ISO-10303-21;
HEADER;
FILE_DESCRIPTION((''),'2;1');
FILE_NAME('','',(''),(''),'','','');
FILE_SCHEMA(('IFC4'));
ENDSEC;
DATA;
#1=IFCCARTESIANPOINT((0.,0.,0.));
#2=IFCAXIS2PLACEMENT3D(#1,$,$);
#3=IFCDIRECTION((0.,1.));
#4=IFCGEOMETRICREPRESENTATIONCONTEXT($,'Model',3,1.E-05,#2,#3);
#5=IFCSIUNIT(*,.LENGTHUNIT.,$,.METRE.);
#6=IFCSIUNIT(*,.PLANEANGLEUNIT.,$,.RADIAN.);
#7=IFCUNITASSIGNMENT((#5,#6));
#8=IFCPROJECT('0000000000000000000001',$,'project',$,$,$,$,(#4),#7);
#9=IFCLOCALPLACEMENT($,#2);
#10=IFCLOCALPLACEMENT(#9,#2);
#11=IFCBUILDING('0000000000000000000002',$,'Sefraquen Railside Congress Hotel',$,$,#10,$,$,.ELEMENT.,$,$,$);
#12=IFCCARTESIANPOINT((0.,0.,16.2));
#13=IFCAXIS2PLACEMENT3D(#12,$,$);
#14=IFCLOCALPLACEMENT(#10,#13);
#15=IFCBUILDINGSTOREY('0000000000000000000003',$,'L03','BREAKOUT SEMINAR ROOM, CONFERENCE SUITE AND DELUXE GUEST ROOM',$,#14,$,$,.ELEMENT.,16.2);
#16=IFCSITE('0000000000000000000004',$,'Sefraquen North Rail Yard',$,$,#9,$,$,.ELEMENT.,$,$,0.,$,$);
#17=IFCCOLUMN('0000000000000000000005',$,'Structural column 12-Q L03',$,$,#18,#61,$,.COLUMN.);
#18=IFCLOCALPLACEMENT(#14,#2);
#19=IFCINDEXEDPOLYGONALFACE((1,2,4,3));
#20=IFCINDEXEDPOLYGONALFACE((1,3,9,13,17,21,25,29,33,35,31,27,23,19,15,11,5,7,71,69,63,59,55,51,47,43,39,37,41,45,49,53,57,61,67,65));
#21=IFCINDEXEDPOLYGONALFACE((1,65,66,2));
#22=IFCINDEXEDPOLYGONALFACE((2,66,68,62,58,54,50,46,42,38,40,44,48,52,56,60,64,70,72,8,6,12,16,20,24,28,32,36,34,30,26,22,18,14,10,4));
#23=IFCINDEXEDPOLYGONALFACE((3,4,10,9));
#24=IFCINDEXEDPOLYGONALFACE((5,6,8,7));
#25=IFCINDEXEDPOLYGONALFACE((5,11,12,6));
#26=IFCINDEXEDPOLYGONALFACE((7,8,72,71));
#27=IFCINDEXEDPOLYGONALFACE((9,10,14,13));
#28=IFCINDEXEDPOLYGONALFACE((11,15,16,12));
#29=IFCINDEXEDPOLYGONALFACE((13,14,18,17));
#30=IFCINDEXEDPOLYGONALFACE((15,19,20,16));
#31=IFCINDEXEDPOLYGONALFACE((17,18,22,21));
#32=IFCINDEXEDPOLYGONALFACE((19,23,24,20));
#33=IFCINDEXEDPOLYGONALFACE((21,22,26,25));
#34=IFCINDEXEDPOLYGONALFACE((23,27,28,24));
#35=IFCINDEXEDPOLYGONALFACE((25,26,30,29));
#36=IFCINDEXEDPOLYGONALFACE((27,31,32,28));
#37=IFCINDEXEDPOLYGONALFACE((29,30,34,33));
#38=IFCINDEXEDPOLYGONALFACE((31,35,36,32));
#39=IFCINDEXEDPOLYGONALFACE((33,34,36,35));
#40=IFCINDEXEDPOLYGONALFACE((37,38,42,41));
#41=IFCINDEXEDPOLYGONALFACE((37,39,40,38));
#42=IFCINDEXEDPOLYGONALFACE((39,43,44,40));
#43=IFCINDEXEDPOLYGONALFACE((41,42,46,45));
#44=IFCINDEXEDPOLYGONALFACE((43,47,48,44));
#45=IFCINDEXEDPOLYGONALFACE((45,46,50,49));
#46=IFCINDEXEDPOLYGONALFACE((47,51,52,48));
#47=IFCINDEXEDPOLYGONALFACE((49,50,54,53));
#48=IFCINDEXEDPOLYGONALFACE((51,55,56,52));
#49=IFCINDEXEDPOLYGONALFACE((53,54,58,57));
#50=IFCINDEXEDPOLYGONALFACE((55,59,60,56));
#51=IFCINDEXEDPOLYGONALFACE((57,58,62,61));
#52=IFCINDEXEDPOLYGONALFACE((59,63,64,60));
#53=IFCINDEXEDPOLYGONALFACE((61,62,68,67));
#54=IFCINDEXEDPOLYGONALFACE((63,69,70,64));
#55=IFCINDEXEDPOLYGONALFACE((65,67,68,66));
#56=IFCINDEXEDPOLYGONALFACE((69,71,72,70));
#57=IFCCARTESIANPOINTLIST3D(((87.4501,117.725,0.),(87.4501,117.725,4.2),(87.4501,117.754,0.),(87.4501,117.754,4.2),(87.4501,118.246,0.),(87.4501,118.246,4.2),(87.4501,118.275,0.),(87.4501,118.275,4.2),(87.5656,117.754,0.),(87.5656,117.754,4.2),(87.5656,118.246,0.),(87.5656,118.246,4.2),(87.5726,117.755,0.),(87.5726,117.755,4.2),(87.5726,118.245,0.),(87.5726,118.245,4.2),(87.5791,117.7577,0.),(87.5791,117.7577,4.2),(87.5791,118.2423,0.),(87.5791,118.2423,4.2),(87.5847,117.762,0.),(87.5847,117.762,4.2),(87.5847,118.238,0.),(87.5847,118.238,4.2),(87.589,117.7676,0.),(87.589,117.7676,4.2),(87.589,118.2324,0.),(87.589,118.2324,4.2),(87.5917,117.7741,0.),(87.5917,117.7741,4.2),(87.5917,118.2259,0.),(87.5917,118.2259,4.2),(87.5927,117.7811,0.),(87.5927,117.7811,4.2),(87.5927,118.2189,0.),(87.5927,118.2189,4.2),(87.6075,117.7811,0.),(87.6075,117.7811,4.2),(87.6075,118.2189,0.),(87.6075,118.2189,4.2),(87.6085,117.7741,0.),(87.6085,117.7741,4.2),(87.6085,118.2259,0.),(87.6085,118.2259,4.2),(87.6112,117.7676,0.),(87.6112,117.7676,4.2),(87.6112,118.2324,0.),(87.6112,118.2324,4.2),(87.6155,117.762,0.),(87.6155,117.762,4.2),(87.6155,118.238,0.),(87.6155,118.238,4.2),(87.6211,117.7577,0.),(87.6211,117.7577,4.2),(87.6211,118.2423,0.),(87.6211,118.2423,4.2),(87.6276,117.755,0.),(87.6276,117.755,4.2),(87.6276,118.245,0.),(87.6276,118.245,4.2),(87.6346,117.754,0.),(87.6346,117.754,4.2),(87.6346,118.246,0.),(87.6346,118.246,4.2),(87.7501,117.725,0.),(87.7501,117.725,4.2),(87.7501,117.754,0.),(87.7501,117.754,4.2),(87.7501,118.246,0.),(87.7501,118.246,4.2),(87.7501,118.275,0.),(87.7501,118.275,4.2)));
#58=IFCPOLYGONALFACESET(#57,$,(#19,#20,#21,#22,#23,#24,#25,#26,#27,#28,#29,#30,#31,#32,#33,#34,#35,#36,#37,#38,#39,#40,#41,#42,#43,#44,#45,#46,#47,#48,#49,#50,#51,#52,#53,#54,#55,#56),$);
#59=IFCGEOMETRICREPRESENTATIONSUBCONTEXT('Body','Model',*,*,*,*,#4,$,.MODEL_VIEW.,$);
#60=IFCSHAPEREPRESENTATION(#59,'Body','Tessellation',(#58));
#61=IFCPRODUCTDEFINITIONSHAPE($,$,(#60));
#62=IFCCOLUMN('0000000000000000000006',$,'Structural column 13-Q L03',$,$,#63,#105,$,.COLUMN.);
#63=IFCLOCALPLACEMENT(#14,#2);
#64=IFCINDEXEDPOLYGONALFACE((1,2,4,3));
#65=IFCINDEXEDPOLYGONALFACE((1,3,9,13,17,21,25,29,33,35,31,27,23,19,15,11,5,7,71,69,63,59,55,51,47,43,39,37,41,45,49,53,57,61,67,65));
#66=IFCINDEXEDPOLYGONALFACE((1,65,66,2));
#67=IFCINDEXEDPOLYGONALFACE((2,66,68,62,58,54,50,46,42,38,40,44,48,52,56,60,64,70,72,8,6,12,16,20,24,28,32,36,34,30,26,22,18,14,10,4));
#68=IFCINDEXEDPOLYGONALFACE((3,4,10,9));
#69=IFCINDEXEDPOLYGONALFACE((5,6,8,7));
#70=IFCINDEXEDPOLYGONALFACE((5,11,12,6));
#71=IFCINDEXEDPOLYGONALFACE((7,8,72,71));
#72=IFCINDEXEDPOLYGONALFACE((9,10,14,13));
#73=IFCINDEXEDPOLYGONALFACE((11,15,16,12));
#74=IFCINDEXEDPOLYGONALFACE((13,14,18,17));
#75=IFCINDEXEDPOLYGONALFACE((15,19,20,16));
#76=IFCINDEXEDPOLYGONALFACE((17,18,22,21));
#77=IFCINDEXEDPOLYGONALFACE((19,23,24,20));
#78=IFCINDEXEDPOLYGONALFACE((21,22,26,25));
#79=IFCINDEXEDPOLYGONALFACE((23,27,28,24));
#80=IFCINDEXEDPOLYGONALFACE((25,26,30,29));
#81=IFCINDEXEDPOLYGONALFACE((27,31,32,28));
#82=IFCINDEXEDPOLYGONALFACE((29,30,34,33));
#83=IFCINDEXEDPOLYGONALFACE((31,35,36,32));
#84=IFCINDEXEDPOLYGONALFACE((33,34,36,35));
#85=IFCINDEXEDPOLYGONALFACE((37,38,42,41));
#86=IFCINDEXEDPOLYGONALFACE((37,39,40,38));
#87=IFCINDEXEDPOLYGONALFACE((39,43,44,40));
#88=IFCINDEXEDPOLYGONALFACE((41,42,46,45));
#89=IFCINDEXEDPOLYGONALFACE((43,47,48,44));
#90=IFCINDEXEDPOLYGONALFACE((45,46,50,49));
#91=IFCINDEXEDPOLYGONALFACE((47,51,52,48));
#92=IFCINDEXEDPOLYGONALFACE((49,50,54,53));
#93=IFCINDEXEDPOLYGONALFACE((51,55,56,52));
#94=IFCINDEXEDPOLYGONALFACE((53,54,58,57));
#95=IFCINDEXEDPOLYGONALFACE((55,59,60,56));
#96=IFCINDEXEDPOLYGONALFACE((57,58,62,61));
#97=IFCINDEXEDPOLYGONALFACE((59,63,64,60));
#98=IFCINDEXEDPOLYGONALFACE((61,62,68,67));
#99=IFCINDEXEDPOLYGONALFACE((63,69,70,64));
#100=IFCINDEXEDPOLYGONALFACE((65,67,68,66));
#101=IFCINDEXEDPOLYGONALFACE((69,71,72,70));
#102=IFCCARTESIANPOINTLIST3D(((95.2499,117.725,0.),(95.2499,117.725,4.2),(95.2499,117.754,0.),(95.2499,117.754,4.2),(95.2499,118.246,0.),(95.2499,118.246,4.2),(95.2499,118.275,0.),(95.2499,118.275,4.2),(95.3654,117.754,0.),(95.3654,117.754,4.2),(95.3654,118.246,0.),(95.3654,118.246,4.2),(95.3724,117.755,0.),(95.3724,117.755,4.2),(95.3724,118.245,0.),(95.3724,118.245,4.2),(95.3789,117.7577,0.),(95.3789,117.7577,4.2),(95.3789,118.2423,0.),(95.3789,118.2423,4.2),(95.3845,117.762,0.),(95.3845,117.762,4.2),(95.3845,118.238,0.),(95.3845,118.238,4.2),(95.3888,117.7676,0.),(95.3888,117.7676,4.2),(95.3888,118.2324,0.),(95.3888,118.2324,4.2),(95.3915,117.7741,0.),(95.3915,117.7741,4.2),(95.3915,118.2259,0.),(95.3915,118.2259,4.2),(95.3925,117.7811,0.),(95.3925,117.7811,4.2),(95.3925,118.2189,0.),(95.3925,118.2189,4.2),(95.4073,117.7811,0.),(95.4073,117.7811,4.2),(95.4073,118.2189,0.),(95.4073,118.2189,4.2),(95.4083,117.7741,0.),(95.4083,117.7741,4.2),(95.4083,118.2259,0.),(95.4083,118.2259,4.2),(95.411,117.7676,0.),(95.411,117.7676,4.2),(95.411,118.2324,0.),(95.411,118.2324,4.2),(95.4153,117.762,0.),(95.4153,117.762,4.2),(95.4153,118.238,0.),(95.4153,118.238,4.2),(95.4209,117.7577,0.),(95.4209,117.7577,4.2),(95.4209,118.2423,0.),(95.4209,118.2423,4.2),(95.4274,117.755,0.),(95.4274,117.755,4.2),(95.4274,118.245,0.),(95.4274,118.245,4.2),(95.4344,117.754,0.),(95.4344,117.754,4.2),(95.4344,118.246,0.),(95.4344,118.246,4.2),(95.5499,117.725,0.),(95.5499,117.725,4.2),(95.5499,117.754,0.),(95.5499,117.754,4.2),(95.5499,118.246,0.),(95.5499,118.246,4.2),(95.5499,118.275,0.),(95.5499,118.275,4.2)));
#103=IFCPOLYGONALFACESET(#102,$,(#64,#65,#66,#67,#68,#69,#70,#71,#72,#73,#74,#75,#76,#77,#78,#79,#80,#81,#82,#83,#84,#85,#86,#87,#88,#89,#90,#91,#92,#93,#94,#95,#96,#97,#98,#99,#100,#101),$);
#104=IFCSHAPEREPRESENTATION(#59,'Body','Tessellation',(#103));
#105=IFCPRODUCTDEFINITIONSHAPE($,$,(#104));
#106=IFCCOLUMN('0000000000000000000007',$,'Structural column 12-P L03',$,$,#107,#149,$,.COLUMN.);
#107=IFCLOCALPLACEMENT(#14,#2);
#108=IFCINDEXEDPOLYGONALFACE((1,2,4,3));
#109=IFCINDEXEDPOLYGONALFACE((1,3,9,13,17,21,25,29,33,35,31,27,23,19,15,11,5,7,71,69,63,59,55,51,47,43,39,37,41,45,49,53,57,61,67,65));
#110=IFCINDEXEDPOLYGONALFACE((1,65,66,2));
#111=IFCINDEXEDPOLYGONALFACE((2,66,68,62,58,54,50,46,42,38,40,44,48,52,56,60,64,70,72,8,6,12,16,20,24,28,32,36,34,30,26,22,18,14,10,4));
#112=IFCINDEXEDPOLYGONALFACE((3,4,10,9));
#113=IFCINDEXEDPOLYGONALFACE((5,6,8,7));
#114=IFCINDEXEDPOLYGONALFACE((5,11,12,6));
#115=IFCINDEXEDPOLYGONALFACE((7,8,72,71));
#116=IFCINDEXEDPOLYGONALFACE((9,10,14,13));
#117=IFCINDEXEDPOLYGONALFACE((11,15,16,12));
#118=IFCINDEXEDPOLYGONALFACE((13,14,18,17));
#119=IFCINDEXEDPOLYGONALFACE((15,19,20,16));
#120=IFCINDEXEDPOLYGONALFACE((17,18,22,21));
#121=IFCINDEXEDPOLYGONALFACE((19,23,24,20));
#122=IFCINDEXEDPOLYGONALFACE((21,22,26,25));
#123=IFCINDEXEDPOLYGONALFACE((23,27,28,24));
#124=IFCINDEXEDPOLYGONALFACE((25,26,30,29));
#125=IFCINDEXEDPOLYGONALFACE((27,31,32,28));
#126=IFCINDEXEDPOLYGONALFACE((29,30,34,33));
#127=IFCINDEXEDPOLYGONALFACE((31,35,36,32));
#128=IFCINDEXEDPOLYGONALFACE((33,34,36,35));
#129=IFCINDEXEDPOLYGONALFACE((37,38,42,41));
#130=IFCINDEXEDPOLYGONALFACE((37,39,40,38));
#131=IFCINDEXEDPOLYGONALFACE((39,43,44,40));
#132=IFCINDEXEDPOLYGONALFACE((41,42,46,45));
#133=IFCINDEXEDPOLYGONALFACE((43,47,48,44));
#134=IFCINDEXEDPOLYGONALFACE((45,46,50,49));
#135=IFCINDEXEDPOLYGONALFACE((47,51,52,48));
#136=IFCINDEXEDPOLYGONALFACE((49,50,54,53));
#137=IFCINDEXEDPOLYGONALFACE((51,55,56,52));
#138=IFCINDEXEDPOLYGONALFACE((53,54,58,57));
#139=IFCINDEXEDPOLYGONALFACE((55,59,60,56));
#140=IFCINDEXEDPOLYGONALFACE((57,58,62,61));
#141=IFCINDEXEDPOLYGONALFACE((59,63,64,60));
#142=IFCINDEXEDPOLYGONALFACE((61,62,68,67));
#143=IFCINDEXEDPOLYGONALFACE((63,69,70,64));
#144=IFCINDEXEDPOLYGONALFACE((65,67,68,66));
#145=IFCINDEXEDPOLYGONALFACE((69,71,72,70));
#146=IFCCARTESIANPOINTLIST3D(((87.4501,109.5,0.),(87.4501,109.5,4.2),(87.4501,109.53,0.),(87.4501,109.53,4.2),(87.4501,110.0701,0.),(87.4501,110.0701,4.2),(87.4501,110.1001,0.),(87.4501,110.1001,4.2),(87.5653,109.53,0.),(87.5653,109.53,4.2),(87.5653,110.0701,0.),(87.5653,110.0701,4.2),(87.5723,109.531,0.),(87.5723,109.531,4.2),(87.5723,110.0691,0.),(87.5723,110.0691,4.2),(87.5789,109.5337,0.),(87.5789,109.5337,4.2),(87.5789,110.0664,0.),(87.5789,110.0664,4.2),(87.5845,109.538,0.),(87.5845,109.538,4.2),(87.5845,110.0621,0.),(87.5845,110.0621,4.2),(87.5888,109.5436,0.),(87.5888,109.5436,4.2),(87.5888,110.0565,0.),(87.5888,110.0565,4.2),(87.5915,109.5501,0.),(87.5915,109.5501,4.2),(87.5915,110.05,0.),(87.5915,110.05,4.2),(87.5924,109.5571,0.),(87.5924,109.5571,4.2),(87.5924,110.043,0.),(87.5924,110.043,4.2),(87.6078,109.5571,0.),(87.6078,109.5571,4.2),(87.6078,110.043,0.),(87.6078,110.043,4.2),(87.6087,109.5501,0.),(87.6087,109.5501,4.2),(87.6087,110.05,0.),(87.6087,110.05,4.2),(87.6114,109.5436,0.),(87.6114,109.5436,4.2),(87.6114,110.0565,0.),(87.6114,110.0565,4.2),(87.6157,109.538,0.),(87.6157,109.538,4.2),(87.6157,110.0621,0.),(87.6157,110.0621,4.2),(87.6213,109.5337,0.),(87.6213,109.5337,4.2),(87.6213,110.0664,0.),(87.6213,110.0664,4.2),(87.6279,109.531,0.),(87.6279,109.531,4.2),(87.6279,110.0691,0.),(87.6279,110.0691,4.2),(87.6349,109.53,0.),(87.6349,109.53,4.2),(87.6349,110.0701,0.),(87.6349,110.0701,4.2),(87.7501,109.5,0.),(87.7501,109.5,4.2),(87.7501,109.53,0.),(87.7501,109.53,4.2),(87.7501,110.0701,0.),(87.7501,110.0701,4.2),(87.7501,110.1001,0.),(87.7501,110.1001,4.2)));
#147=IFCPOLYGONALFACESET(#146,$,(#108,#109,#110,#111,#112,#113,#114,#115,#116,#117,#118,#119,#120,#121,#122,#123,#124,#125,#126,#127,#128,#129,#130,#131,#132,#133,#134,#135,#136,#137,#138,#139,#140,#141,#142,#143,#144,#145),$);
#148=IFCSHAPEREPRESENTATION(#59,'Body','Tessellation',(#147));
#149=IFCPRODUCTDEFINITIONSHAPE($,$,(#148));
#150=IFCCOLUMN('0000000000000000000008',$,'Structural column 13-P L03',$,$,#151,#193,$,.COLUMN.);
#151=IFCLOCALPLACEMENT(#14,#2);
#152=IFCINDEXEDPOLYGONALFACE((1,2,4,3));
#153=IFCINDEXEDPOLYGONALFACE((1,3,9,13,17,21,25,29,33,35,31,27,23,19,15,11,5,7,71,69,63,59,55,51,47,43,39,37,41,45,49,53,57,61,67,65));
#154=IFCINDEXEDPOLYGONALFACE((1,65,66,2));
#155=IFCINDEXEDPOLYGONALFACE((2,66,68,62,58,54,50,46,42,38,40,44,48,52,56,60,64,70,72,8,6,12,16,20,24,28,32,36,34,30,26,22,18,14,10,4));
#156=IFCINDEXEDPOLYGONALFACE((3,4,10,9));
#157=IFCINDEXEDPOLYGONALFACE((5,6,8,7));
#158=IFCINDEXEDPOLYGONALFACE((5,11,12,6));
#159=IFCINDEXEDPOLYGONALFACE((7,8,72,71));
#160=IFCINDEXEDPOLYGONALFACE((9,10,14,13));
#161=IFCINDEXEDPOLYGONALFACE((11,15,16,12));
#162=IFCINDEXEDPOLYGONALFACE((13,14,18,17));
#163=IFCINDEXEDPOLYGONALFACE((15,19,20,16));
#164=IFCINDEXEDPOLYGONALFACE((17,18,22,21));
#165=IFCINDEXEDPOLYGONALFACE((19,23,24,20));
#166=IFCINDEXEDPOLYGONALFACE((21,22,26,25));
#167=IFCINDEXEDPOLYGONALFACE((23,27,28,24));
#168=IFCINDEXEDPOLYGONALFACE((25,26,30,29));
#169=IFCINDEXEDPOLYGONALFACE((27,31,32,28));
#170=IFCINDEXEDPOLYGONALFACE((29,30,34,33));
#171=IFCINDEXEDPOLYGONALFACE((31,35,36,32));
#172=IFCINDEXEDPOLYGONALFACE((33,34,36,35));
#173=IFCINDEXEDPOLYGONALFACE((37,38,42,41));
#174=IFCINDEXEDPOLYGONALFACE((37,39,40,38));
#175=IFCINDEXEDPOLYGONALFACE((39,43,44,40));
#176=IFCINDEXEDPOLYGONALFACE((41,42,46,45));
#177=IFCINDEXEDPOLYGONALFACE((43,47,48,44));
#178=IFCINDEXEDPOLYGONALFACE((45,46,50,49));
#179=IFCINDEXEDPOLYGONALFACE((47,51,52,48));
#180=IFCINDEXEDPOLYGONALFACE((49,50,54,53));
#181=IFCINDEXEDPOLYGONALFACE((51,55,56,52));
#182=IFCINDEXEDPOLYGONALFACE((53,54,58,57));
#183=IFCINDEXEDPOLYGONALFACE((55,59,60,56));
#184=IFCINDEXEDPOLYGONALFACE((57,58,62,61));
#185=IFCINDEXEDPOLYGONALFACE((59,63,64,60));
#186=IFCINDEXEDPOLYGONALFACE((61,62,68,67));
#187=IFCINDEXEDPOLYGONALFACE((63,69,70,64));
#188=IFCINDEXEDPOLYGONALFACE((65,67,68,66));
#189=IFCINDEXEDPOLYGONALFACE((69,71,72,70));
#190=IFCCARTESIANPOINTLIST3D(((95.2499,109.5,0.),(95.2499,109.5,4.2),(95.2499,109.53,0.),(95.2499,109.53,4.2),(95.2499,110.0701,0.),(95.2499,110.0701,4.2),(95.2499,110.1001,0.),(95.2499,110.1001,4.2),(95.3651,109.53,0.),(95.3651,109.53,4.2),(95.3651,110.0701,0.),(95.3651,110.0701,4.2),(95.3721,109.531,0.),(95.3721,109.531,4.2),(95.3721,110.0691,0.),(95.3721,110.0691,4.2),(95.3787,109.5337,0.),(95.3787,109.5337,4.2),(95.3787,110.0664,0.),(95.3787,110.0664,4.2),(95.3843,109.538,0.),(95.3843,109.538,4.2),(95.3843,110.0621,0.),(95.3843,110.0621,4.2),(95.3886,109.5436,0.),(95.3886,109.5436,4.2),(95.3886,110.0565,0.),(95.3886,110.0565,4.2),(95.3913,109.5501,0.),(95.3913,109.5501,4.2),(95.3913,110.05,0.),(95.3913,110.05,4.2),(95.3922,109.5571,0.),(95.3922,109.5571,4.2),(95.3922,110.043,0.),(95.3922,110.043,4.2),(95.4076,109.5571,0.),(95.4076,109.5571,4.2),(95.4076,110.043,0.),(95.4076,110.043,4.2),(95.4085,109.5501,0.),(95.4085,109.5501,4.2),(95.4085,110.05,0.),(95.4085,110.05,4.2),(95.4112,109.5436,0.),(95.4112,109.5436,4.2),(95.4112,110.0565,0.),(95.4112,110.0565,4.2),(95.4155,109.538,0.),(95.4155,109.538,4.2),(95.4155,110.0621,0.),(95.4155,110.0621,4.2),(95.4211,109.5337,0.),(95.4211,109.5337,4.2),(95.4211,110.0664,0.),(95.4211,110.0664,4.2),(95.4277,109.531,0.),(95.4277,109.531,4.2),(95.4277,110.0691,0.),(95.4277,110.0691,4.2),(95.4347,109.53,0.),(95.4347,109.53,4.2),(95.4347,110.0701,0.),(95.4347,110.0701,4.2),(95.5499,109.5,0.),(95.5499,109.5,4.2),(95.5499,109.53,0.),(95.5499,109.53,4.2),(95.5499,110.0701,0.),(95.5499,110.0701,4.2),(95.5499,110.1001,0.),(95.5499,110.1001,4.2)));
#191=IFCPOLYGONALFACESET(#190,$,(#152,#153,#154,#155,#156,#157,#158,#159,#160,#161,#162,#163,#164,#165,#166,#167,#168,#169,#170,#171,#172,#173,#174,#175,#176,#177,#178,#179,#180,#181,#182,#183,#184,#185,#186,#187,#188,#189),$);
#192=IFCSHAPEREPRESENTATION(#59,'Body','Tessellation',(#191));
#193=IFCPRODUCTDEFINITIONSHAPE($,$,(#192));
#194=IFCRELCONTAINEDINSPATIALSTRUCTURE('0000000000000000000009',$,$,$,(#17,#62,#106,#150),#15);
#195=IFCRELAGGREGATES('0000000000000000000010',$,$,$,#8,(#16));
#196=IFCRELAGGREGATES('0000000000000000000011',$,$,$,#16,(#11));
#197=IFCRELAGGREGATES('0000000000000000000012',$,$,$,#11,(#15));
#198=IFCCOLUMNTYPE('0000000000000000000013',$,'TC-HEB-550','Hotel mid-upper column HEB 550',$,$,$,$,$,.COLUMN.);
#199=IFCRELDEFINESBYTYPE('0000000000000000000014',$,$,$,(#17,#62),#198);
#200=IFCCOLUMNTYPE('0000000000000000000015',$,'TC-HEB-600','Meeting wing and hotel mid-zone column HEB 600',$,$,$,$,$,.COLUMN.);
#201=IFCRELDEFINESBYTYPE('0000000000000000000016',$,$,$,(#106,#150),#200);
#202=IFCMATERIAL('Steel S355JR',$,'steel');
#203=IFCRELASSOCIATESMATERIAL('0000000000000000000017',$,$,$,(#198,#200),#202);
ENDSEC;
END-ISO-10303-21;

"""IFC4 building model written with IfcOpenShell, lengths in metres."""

from ifc_helpers import new_model, si_unit, direction, frame, origin, origin_2d, place, context, subcontext, project, spatial, i_section, extrude, material, material_profile, profile_set, type_object, element, save


model = new_model("IFC4")

# Units and contexts
model_context = context("Model", 3, precision=1e-05, world=origin(), true_north=direction((0.0, 1.0)))
body_context = subcontext(model_context, "Body", "Model", "MODEL_VIEW")
ifc_project = project(units=[si_unit("LENGTHUNIT", "METRE"), si_unit("PLANEANGLEUNIT", "RADIAN")], contexts=[model_context])

# Site, building, storey
site_placement = place(None, origin())
site = spatial("IfcSite", under=ifc_project, at=site_placement, Name="Sefraquen North Rail Yard", CompositionType="ELEMENT", RefElevation=0.0)
building_placement = place(site_placement, origin())
building = spatial("IfcBuilding", under=site, at=building_placement, Name="Sefraquen Railside Congress Hotel", CompositionType="ELEMENT")
storey_placement = place(building_placement, frame((0.0, 0.0, 16.2)))
storey = spatial("IfcBuildingStorey", under=building, at=storey_placement, Name="L03", Description="BREAKOUT SEMINAR ROOM, CONFERENCE SUITE AND DELUXE GUEST ROOM", CompositionType="ELEMENT", Elevation=16.2)

# Columns
ifc_material_1 = material(Name="Steel S355JR", Category="steel")
ifc_material_profile_1 = material_profile(ifc_material_1, i_section(OverallWidth=0.3, OverallDepth=0.55, WebThickness=0.0149, FlangeThickness=0.0291, FilletRadius=0.0271, at=origin_2d()), Name="HEB 550")
ifc_profile_set_1 = profile_set([ifc_material_profile_1], Name="Steel S355JR")
column_type_1 = type_object("IfcColumnType", Name="TC-HEB-550", Description="Hotel mid-upper column HEB 550", PredefinedType="COLUMN", material=ifc_profile_set_1)
for number, where, z_axis, x_axis, name in (
    (1, (87.6001, 118.0, 0.0), (0.0, 0.0, 1.0), (1.0, 0.0, 0.0), "Structural column 12-Q L03"),
    (2, (95.3999, 118.0, 0.0), (0.0, 0.0, 1.0), (1.0, 0.0, 0.0), "Structural column 13-Q L03"),
):
    element("IfcColumn", number, at=place(storey_placement, frame(where, z_axis=z_axis, x_axis=x_axis)), inside=storey, type_object=column_type_1, Name=name, PredefinedType="COLUMN", context=body_context, shape_type="SweptSolid", body=[
        extrude(i_section(OverallWidth=0.3, OverallDepth=0.55, WebThickness=0.0149, FlangeThickness=0.0291, FilletRadius=0.0271, at=origin_2d()), origin(), (0.0, 0.0, 1.0), 4.2),
    ])
ifc_material_profile_2 = material_profile(ifc_material_1, i_section(OverallWidth=0.3, OverallDepth=0.6001, WebThickness=0.0154, FlangeThickness=0.03, FilletRadius=0.0271, at=origin_2d()), Name="HEB 600")
ifc_profile_set_2 = profile_set([ifc_material_profile_2], Name="Steel S355JR")
column_type_2 = type_object("IfcColumnType", Name="TC-HEB-600", Description="Meeting wing and hotel mid-zone column HEB 600", PredefinedType="COLUMN", material=ifc_profile_set_2)
for number, where, z_axis, x_axis, name in (
    (3, (87.6001, 109.8, 0.0), (0.0, 0.0, 1.0), (1.0, 0.0, 0.0), "Structural column 12-P L03"),
    (4, (95.3999, 109.8, 0.0), (0.0, 0.0, 1.0), (1.0, 0.0, 0.0), "Structural column 13-P L03"),
):
    element("IfcColumn", number, at=place(storey_placement, frame(where, z_axis=z_axis, x_axis=x_axis)), inside=storey, type_object=column_type_2, Name=name, PredefinedType="COLUMN", context=body_context, shape_type="SweptSolid", body=[
        extrude(i_section(OverallWidth=0.3, OverallDepth=0.6001, WebThickness=0.0154, FlangeThickness=0.03, FilletRadius=0.0271, at=origin_2d()), origin(), (0.0, 0.0, 1.0), 4.2),
    ])

save(model, "model.ifc")
